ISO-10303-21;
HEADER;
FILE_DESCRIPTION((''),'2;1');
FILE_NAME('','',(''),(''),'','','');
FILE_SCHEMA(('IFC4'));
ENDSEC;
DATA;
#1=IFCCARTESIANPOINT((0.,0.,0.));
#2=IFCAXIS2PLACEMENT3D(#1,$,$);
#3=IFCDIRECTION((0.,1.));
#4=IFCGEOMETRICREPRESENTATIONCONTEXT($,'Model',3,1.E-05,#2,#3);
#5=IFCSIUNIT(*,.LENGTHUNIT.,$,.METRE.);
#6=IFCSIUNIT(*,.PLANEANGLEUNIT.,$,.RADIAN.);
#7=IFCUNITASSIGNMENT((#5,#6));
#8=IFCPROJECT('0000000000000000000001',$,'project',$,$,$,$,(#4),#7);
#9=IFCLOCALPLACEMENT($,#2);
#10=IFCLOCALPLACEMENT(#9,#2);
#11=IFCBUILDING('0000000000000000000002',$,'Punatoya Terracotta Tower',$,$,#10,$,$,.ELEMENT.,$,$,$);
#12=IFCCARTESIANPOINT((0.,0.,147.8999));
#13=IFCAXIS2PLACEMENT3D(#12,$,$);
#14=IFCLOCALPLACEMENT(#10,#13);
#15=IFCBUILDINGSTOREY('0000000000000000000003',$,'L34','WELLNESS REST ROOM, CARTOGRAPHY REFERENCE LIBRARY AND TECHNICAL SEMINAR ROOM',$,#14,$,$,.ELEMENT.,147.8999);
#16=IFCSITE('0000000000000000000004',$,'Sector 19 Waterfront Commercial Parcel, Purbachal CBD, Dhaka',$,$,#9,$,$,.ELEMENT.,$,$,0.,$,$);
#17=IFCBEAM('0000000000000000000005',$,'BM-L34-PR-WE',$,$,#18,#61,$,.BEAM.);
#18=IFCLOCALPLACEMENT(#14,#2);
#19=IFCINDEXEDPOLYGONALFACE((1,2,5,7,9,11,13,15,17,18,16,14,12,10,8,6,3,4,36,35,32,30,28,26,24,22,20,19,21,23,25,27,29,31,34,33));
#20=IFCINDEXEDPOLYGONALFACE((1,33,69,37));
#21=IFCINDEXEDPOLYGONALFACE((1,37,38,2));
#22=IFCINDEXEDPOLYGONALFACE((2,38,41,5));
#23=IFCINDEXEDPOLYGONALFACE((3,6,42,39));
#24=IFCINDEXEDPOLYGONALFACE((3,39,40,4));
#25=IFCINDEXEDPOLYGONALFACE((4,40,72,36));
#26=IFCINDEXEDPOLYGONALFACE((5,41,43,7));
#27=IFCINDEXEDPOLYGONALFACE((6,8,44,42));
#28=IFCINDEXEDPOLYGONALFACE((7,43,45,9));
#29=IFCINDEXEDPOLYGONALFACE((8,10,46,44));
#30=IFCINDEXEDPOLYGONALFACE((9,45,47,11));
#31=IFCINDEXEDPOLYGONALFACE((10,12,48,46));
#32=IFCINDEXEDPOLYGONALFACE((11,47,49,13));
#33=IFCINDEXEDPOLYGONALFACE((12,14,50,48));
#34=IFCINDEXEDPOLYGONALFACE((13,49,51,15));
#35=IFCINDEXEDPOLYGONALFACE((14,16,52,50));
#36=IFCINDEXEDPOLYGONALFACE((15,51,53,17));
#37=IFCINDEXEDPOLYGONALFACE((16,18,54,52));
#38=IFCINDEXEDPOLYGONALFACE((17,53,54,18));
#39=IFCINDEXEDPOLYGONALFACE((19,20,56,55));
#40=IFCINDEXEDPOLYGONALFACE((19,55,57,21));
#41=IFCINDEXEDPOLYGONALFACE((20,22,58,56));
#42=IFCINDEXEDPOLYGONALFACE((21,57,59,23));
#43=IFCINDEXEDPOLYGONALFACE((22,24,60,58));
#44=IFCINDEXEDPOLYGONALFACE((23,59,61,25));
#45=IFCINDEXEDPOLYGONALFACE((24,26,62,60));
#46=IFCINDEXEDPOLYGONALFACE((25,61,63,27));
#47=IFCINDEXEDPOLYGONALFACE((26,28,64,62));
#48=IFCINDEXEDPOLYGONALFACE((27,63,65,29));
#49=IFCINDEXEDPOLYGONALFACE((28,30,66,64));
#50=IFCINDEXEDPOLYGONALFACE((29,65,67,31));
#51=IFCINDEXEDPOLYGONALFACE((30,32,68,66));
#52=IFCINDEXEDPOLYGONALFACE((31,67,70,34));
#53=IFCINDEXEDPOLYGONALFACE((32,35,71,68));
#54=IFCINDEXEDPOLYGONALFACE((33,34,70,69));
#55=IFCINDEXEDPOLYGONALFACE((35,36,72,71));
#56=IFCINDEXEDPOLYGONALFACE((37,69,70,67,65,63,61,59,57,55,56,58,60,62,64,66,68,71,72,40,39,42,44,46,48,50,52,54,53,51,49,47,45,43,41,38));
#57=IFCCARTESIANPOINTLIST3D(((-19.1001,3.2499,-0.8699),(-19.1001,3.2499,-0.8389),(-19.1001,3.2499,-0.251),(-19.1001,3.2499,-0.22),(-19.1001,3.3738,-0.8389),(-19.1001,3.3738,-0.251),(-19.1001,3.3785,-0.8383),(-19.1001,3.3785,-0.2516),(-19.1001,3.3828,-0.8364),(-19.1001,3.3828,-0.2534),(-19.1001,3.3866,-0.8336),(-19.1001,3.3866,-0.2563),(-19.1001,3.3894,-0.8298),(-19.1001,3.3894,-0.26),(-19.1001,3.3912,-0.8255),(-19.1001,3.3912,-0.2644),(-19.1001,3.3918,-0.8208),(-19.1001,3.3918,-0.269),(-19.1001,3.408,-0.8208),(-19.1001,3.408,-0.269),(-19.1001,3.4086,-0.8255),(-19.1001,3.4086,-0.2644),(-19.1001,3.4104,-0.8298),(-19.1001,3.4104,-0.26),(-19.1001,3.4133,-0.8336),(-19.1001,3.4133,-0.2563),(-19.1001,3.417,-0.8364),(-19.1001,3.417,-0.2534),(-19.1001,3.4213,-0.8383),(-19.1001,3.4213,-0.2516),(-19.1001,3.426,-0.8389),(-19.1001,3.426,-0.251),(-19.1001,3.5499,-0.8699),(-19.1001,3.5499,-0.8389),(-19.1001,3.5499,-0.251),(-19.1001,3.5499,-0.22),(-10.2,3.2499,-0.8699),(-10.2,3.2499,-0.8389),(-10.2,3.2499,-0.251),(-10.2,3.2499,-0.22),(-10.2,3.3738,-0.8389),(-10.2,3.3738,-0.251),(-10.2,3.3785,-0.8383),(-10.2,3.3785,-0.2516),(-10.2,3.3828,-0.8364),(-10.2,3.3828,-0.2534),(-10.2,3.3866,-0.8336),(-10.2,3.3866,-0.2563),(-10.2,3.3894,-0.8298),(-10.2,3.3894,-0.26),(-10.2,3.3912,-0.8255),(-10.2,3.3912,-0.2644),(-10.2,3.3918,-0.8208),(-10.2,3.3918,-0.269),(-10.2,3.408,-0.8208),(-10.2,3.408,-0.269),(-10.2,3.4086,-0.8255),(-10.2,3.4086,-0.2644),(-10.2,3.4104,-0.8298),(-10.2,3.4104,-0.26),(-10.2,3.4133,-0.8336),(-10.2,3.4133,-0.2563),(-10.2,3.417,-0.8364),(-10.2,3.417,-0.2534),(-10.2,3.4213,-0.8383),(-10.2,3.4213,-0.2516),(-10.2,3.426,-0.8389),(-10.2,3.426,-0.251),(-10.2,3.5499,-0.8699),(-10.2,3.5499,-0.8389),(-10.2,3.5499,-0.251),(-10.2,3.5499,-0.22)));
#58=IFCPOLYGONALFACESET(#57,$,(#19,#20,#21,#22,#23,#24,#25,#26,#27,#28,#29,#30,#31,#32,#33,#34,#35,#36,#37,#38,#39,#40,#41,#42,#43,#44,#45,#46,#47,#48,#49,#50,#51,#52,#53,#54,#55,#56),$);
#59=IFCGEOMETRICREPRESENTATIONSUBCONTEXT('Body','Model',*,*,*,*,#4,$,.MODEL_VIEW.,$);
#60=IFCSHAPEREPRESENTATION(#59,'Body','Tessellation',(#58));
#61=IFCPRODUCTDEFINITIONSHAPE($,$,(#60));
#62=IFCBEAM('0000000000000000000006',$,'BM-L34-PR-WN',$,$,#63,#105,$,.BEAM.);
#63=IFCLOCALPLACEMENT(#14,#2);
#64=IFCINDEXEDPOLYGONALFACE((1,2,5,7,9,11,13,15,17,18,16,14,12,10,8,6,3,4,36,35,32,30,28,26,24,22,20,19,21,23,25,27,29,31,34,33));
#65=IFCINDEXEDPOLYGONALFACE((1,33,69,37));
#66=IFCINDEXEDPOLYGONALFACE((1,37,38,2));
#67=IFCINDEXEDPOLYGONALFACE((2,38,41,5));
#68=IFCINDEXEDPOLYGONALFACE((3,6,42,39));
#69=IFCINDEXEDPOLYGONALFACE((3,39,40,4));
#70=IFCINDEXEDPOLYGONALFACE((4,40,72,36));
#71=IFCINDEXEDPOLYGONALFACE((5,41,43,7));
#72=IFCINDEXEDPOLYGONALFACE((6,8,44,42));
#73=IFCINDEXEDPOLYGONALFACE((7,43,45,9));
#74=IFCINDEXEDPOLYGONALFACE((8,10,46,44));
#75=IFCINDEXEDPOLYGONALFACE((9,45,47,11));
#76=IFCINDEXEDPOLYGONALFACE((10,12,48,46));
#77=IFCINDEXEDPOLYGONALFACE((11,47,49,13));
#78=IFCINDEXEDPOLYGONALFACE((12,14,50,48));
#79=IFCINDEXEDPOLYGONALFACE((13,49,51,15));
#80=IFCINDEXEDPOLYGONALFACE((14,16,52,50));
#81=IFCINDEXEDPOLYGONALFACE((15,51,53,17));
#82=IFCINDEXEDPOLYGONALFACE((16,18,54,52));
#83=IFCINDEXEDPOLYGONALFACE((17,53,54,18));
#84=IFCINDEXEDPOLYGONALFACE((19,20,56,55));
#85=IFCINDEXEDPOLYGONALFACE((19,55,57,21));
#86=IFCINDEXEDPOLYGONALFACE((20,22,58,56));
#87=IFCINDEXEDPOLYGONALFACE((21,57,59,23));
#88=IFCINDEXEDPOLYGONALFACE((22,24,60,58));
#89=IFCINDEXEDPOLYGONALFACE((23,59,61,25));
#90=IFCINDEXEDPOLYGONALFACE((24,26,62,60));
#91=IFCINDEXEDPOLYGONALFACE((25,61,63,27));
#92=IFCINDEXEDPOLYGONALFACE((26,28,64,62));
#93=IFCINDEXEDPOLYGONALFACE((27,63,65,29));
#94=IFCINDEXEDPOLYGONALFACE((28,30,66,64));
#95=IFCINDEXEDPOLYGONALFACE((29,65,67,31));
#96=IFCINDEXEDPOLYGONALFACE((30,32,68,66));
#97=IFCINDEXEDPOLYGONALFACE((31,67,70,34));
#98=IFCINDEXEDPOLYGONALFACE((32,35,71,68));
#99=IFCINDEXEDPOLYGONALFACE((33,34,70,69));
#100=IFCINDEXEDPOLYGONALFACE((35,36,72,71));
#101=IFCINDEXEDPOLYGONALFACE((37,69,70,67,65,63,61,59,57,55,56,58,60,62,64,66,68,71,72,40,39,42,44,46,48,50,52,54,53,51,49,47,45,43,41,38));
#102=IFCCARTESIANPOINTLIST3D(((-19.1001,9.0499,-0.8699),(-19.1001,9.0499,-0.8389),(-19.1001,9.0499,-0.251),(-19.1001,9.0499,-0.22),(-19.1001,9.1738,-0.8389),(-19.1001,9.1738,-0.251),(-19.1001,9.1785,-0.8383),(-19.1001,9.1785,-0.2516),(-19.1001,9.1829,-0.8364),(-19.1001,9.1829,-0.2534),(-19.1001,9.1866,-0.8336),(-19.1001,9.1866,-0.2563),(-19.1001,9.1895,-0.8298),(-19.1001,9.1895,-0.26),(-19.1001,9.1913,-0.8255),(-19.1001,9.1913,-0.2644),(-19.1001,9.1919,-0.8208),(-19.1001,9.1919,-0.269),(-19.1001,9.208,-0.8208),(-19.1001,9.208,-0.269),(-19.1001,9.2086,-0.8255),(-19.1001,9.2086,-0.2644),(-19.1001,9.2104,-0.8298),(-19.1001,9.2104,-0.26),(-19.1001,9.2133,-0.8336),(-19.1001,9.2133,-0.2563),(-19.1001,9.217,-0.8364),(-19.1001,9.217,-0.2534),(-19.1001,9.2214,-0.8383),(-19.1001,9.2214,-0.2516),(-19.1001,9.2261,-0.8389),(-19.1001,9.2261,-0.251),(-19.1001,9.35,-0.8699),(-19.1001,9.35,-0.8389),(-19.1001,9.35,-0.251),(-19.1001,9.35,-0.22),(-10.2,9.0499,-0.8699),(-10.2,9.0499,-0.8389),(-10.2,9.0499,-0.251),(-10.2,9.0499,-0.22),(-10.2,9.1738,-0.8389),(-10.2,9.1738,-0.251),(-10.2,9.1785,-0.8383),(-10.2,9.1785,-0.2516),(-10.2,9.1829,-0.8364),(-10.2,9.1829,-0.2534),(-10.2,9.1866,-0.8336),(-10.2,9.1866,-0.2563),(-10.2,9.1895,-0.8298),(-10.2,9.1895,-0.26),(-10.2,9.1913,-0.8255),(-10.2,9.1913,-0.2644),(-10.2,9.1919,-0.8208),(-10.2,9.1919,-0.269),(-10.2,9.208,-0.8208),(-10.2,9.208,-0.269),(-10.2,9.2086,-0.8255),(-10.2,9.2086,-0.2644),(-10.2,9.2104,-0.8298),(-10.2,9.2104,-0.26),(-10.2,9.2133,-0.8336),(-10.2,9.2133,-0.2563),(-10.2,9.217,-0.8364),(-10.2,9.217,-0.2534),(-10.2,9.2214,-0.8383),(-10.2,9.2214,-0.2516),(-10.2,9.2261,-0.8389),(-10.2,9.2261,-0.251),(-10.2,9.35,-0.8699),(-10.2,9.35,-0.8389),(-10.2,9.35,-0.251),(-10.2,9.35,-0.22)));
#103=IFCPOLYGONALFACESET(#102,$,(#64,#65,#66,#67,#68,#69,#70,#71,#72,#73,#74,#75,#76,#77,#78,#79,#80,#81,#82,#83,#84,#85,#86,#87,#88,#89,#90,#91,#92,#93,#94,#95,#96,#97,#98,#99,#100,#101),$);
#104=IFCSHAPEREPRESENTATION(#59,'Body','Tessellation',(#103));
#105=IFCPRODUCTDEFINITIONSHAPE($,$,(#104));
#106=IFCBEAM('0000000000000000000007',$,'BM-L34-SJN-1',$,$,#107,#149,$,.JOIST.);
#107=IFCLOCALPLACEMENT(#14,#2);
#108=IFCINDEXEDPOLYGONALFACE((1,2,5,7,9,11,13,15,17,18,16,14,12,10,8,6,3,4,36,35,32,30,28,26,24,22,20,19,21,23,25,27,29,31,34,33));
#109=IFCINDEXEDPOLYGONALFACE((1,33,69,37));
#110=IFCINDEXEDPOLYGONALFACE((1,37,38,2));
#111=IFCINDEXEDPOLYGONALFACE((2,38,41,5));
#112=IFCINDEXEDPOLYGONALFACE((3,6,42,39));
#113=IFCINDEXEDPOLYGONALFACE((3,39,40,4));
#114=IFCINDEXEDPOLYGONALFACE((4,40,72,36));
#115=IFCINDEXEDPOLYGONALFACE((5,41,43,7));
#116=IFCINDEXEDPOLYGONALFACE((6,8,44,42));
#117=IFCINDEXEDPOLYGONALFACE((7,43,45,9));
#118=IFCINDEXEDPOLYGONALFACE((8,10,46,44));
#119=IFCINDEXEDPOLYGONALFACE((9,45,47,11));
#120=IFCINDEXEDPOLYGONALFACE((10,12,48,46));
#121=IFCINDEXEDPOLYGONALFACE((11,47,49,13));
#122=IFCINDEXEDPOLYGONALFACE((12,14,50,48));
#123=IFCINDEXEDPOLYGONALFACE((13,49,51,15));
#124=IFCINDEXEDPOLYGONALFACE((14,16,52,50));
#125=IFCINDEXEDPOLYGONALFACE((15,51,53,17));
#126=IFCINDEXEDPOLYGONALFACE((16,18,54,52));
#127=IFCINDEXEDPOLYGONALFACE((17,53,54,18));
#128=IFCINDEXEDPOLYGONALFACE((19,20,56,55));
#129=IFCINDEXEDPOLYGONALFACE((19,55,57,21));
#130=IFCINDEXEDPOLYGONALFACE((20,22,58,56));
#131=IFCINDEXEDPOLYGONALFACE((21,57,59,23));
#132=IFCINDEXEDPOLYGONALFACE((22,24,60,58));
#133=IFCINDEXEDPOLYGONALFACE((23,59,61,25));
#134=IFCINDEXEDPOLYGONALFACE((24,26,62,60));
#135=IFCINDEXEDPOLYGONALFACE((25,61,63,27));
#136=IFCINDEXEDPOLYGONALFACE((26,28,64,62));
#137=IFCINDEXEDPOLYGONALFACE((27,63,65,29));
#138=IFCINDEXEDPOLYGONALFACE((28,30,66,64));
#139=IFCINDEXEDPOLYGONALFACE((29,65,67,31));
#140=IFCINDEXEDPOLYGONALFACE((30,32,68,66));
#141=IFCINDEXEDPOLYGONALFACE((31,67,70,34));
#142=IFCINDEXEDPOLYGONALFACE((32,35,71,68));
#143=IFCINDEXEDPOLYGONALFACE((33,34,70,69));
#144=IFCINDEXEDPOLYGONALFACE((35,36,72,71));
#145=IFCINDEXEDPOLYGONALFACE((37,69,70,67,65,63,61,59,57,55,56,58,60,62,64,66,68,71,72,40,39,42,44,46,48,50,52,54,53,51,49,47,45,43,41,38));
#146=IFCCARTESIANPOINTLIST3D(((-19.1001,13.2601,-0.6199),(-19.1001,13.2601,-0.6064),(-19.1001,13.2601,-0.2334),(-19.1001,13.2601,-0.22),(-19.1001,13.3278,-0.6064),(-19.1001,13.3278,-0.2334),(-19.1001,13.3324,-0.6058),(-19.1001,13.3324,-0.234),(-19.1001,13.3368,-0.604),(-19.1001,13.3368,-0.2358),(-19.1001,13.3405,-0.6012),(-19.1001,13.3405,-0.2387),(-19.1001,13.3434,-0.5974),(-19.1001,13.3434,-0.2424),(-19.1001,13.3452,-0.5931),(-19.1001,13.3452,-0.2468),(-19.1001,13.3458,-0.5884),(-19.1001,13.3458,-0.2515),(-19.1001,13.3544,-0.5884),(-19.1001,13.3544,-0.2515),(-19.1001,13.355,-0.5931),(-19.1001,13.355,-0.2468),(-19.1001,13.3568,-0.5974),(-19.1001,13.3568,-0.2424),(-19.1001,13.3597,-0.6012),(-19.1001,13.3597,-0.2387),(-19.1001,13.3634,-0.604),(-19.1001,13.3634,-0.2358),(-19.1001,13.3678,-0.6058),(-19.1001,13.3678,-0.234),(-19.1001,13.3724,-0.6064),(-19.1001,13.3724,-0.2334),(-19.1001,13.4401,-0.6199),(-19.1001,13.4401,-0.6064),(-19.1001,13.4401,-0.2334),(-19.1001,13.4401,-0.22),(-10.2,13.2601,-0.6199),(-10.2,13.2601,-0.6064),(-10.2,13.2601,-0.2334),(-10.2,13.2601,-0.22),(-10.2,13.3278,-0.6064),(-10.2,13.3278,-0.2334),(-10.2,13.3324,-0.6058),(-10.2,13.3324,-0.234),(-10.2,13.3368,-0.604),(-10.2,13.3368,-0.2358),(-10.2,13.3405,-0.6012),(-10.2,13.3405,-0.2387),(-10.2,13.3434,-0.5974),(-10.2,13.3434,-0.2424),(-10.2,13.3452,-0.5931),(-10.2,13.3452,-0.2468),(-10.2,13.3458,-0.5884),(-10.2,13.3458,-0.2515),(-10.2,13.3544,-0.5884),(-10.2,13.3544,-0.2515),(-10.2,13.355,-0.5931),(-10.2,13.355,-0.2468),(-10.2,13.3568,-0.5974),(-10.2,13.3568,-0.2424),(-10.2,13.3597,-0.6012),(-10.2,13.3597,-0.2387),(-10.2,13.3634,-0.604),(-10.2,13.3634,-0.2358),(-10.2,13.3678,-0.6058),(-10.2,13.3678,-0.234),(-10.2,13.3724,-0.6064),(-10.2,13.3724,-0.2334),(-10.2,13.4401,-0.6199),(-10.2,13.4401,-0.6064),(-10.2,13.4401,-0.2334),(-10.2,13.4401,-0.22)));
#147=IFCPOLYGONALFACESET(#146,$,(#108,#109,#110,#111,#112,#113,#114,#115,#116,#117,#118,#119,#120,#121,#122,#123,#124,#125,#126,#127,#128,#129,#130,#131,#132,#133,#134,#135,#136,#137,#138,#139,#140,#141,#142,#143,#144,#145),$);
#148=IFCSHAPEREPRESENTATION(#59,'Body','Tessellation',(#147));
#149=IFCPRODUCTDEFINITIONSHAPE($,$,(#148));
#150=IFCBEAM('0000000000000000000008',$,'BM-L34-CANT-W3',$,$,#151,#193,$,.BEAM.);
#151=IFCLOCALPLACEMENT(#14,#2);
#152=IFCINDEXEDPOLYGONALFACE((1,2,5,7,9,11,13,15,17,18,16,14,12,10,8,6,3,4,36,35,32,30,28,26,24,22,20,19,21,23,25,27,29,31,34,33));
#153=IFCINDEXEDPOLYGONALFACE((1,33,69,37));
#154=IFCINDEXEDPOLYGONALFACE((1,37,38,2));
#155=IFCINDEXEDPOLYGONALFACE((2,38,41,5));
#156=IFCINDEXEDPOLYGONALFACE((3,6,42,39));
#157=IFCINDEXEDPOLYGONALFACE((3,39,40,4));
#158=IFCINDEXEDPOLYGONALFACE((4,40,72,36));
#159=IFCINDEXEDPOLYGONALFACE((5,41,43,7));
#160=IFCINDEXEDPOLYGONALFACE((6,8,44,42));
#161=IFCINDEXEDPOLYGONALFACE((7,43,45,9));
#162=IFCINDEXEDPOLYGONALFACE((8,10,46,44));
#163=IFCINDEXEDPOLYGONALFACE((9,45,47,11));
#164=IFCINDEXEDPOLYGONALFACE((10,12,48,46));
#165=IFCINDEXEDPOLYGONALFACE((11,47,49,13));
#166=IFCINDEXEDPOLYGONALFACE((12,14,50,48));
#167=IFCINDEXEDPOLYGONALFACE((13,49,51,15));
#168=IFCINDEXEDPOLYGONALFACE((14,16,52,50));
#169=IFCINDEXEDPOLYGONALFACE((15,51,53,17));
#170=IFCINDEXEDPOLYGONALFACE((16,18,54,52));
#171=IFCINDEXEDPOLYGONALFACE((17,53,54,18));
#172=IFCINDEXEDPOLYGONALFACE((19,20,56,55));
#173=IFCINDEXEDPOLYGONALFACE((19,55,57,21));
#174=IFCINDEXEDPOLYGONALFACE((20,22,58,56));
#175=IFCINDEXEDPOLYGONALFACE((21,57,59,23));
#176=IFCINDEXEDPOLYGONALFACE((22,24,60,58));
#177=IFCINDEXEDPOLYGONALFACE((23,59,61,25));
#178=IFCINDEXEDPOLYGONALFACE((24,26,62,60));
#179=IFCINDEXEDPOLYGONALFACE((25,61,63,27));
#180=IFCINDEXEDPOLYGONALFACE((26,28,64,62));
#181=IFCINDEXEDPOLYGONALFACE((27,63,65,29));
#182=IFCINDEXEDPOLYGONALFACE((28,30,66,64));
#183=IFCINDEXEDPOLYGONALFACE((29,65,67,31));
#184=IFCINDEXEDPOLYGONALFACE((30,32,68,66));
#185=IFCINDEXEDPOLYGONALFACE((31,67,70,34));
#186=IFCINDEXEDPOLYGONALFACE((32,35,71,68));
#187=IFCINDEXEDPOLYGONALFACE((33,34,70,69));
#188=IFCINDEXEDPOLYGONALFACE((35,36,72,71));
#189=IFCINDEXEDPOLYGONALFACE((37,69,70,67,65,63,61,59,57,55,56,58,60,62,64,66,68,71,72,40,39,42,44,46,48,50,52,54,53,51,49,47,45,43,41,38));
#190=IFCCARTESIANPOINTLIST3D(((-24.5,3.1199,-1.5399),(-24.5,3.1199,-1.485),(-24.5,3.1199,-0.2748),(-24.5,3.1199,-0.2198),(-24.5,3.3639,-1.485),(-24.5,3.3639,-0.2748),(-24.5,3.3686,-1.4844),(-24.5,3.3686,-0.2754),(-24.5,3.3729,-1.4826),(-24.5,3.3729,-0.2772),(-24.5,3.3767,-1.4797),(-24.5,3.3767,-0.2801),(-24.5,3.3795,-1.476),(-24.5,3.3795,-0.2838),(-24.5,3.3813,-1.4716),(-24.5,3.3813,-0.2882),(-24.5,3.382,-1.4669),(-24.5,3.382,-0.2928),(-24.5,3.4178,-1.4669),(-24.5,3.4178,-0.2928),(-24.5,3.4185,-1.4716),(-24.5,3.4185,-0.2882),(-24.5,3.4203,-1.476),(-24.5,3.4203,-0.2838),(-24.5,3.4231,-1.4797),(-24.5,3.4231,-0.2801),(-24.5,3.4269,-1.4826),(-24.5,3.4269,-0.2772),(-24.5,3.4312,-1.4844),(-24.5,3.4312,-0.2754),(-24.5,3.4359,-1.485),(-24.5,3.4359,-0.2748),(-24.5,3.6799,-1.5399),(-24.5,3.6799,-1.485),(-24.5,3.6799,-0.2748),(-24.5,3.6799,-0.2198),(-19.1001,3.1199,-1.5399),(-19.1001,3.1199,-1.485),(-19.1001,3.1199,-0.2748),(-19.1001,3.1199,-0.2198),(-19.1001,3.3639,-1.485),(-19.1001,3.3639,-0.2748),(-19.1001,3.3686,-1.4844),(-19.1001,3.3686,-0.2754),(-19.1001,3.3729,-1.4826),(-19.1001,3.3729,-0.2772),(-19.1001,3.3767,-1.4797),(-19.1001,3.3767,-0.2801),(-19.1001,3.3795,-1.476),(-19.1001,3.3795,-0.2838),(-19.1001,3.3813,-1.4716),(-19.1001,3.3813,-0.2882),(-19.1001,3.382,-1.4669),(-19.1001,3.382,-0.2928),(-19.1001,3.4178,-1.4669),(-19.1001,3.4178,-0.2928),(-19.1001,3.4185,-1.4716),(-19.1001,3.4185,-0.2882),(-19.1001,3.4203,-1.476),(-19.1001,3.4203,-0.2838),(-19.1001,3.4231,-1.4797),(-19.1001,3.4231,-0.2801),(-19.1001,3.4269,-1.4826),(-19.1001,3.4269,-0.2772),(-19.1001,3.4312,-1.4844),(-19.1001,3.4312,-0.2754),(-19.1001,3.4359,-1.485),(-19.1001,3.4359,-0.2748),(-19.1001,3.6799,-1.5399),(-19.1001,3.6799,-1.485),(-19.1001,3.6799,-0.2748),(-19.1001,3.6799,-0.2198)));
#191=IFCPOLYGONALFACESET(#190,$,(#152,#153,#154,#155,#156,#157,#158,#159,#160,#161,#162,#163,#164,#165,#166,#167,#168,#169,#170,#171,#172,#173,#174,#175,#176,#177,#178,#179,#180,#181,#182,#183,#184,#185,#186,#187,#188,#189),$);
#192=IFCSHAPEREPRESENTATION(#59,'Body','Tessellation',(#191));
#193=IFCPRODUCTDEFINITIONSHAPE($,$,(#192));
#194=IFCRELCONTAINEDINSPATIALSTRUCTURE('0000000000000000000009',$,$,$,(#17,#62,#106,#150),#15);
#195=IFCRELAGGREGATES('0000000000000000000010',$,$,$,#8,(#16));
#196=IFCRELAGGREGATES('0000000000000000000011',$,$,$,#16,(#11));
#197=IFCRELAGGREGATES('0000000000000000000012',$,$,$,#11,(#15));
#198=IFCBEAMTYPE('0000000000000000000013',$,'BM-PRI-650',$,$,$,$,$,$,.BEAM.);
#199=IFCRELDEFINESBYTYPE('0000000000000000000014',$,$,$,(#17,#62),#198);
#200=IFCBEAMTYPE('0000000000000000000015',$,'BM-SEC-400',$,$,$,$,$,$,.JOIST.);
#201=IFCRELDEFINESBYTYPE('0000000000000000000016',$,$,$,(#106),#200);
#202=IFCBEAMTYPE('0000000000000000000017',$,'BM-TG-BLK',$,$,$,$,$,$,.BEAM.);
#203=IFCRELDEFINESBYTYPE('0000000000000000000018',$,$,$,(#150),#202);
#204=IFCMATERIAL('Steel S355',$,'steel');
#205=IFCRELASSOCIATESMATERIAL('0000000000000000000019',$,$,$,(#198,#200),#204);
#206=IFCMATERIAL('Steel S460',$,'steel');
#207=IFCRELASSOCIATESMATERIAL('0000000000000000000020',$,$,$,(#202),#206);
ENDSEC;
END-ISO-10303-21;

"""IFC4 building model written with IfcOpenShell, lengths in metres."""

from ifc_helpers import new_model, si_unit, direction, frame, origin, origin_2d, place, context, subcontext, project, spatial, i_section, extrude, material, material_profile, profile_set, type_object, element, save


model = new_model("IFC4")

# Units and contexts
model_context = context("Model", 3, precision=1e-05, world=origin(), true_north=direction((0.0, 1.0)))
body_context = subcontext(model_context, "Body", "Model", "MODEL_VIEW")
ifc_project = project(units=[si_unit("LENGTHUNIT", "METRE"), si_unit("PLANEANGLEUNIT", "RADIAN")], contexts=[model_context])

# Site, building, storey
site_placement = place(None, origin())
site = spatial("IfcSite", under=ifc_project, at=site_placement, Name="Sector 19 Waterfront Commercial Parcel, Purbachal CBD, Dhaka", CompositionType="ELEMENT", RefElevation=0.0)
building_placement = place(site_placement, origin())
building = spatial("IfcBuilding", under=site, at=building_placement, Name="Punatoya Terracotta Tower", CompositionType="ELEMENT")
storey_placement = place(building_placement, frame((0.0, 0.0, 147.8999)))
storey = spatial("IfcBuildingStorey", under=building, at=storey_placement, Name="L34", Description="WELLNESS REST ROOM, CARTOGRAPHY REFERENCE LIBRARY AND TECHNICAL SEMINAR ROOM", CompositionType="ELEMENT", Elevation=147.8999)

# Shared definitions
ifc_material_1 = material(Name="Steel S460", Category="steel")

# Beams
ifc_material_2 = material(Name="Steel S355", Category="steel")
ifc_material_profile_1 = material_profile(ifc_material_2, i_section(OverallWidth=0.3, OverallDepth=0.6499, WebThickness=0.0161, FlangeThickness=0.031, FilletRadius=0.0181, at=origin_2d()))
ifc_profile_set_1 = profile_set([ifc_material_profile_1], Name="Steel S355")
beam_type_1 = type_object("IfcBeamType", Name="BM-PRI-650", PredefinedType="BEAM", material=ifc_profile_set_1)
for number, where, z_axis, x_axis, name in (
    (1, (-19.1001, 3.3999, -0.5449), (1.0, 0.0, 0.0), (0.0, 1.0, 0.0), "BM-L34-PR-WE"),
    (2, (-19.1001, 9.2, -0.5449), (1.0, 0.0, 0.0), (0.0, 1.0, 0.0), "BM-L34-PR-WN"),
):
    element("IfcBeam", number, at=place(storey_placement, frame(where, z_axis=z_axis, x_axis=x_axis)), inside=storey, type_object=beam_type_1, Name=name, PredefinedType="BEAM", context=body_context, shape_type="SweptSolid", body=[
        extrude(i_section(OverallWidth=0.3, OverallDepth=0.6499, WebThickness=0.0161, FlangeThickness=0.031, FilletRadius=0.0181, at=origin_2d()), origin(), (0.0, 0.0, 1.0), 8.9001),
    ])
ifc_material_profile_2 = material_profile(ifc_material_2, i_section(OverallWidth=0.1799, OverallDepth=0.3999, WebThickness=0.0085, FlangeThickness=0.0134, FilletRadius=0.0181, at=origin_2d()))
ifc_profile_set_2 = profile_set([ifc_material_profile_2], Name="Steel S355")
beam_type_2 = type_object("IfcBeamType", Name="BM-SEC-400", PredefinedType="JOIST", material=ifc_profile_set_2)
beam_1_placement = place(storey_placement, frame((-19.1001, 13.3501, -0.4199), z_axis=(1.0, 0.0, 0.0), x_axis=(0.0, 1.0, 0.0)))
element("IfcBeam", 3, at=beam_1_placement, inside=storey, type_object=beam_type_2, Name="BM-L34-SJN-1", PredefinedType="JOIST", context=body_context, shape_type="SweptSolid", body=[
    extrude(i_section(OverallWidth=0.1799, OverallDepth=0.3999, WebThickness=0.0085, FlangeThickness=0.0134, FilletRadius=0.0181, at=origin_2d()), origin(), (0.0, 0.0, 1.0), 8.9001),
])
ifc_material_profile_3 = material_profile(ifc_material_1, i_section(OverallWidth=0.5601, OverallDepth=1.3201, WebThickness=0.0359, FlangeThickness=0.0549, FilletRadius=0.0181, at=origin_2d()))
ifc_profile_set_3 = profile_set([ifc_material_profile_3], Name="Steel S460")
beam_type_3 = type_object("IfcBeamType", Name="BM-TG-BLK", PredefinedType="BEAM", material=ifc_profile_set_3)
for number, where, z_axis, x_axis, name in (
    (4, (-24.5, 3.3999, -0.8799), (1.0, 0.0, 0.0), (0.0, 1.0, 0.0), "BM-L34-CANT-W3"),
):
    element("IfcBeam", number, at=place(storey_placement, frame(where, z_axis=z_axis, x_axis=x_axis)), inside=storey, type_object=beam_type_3, Name=name, PredefinedType="BEAM", context=body_context, shape_type="SweptSolid", body=[
        extrude(i_section(OverallWidth=0.5601, OverallDepth=1.3201, WebThickness=0.0359, FlangeThickness=0.0549, FilletRadius=0.0181, at=origin_2d()), origin(), (0.0, 0.0, 1.0), 5.3999),
    ])

save(model, "model.ifc")
